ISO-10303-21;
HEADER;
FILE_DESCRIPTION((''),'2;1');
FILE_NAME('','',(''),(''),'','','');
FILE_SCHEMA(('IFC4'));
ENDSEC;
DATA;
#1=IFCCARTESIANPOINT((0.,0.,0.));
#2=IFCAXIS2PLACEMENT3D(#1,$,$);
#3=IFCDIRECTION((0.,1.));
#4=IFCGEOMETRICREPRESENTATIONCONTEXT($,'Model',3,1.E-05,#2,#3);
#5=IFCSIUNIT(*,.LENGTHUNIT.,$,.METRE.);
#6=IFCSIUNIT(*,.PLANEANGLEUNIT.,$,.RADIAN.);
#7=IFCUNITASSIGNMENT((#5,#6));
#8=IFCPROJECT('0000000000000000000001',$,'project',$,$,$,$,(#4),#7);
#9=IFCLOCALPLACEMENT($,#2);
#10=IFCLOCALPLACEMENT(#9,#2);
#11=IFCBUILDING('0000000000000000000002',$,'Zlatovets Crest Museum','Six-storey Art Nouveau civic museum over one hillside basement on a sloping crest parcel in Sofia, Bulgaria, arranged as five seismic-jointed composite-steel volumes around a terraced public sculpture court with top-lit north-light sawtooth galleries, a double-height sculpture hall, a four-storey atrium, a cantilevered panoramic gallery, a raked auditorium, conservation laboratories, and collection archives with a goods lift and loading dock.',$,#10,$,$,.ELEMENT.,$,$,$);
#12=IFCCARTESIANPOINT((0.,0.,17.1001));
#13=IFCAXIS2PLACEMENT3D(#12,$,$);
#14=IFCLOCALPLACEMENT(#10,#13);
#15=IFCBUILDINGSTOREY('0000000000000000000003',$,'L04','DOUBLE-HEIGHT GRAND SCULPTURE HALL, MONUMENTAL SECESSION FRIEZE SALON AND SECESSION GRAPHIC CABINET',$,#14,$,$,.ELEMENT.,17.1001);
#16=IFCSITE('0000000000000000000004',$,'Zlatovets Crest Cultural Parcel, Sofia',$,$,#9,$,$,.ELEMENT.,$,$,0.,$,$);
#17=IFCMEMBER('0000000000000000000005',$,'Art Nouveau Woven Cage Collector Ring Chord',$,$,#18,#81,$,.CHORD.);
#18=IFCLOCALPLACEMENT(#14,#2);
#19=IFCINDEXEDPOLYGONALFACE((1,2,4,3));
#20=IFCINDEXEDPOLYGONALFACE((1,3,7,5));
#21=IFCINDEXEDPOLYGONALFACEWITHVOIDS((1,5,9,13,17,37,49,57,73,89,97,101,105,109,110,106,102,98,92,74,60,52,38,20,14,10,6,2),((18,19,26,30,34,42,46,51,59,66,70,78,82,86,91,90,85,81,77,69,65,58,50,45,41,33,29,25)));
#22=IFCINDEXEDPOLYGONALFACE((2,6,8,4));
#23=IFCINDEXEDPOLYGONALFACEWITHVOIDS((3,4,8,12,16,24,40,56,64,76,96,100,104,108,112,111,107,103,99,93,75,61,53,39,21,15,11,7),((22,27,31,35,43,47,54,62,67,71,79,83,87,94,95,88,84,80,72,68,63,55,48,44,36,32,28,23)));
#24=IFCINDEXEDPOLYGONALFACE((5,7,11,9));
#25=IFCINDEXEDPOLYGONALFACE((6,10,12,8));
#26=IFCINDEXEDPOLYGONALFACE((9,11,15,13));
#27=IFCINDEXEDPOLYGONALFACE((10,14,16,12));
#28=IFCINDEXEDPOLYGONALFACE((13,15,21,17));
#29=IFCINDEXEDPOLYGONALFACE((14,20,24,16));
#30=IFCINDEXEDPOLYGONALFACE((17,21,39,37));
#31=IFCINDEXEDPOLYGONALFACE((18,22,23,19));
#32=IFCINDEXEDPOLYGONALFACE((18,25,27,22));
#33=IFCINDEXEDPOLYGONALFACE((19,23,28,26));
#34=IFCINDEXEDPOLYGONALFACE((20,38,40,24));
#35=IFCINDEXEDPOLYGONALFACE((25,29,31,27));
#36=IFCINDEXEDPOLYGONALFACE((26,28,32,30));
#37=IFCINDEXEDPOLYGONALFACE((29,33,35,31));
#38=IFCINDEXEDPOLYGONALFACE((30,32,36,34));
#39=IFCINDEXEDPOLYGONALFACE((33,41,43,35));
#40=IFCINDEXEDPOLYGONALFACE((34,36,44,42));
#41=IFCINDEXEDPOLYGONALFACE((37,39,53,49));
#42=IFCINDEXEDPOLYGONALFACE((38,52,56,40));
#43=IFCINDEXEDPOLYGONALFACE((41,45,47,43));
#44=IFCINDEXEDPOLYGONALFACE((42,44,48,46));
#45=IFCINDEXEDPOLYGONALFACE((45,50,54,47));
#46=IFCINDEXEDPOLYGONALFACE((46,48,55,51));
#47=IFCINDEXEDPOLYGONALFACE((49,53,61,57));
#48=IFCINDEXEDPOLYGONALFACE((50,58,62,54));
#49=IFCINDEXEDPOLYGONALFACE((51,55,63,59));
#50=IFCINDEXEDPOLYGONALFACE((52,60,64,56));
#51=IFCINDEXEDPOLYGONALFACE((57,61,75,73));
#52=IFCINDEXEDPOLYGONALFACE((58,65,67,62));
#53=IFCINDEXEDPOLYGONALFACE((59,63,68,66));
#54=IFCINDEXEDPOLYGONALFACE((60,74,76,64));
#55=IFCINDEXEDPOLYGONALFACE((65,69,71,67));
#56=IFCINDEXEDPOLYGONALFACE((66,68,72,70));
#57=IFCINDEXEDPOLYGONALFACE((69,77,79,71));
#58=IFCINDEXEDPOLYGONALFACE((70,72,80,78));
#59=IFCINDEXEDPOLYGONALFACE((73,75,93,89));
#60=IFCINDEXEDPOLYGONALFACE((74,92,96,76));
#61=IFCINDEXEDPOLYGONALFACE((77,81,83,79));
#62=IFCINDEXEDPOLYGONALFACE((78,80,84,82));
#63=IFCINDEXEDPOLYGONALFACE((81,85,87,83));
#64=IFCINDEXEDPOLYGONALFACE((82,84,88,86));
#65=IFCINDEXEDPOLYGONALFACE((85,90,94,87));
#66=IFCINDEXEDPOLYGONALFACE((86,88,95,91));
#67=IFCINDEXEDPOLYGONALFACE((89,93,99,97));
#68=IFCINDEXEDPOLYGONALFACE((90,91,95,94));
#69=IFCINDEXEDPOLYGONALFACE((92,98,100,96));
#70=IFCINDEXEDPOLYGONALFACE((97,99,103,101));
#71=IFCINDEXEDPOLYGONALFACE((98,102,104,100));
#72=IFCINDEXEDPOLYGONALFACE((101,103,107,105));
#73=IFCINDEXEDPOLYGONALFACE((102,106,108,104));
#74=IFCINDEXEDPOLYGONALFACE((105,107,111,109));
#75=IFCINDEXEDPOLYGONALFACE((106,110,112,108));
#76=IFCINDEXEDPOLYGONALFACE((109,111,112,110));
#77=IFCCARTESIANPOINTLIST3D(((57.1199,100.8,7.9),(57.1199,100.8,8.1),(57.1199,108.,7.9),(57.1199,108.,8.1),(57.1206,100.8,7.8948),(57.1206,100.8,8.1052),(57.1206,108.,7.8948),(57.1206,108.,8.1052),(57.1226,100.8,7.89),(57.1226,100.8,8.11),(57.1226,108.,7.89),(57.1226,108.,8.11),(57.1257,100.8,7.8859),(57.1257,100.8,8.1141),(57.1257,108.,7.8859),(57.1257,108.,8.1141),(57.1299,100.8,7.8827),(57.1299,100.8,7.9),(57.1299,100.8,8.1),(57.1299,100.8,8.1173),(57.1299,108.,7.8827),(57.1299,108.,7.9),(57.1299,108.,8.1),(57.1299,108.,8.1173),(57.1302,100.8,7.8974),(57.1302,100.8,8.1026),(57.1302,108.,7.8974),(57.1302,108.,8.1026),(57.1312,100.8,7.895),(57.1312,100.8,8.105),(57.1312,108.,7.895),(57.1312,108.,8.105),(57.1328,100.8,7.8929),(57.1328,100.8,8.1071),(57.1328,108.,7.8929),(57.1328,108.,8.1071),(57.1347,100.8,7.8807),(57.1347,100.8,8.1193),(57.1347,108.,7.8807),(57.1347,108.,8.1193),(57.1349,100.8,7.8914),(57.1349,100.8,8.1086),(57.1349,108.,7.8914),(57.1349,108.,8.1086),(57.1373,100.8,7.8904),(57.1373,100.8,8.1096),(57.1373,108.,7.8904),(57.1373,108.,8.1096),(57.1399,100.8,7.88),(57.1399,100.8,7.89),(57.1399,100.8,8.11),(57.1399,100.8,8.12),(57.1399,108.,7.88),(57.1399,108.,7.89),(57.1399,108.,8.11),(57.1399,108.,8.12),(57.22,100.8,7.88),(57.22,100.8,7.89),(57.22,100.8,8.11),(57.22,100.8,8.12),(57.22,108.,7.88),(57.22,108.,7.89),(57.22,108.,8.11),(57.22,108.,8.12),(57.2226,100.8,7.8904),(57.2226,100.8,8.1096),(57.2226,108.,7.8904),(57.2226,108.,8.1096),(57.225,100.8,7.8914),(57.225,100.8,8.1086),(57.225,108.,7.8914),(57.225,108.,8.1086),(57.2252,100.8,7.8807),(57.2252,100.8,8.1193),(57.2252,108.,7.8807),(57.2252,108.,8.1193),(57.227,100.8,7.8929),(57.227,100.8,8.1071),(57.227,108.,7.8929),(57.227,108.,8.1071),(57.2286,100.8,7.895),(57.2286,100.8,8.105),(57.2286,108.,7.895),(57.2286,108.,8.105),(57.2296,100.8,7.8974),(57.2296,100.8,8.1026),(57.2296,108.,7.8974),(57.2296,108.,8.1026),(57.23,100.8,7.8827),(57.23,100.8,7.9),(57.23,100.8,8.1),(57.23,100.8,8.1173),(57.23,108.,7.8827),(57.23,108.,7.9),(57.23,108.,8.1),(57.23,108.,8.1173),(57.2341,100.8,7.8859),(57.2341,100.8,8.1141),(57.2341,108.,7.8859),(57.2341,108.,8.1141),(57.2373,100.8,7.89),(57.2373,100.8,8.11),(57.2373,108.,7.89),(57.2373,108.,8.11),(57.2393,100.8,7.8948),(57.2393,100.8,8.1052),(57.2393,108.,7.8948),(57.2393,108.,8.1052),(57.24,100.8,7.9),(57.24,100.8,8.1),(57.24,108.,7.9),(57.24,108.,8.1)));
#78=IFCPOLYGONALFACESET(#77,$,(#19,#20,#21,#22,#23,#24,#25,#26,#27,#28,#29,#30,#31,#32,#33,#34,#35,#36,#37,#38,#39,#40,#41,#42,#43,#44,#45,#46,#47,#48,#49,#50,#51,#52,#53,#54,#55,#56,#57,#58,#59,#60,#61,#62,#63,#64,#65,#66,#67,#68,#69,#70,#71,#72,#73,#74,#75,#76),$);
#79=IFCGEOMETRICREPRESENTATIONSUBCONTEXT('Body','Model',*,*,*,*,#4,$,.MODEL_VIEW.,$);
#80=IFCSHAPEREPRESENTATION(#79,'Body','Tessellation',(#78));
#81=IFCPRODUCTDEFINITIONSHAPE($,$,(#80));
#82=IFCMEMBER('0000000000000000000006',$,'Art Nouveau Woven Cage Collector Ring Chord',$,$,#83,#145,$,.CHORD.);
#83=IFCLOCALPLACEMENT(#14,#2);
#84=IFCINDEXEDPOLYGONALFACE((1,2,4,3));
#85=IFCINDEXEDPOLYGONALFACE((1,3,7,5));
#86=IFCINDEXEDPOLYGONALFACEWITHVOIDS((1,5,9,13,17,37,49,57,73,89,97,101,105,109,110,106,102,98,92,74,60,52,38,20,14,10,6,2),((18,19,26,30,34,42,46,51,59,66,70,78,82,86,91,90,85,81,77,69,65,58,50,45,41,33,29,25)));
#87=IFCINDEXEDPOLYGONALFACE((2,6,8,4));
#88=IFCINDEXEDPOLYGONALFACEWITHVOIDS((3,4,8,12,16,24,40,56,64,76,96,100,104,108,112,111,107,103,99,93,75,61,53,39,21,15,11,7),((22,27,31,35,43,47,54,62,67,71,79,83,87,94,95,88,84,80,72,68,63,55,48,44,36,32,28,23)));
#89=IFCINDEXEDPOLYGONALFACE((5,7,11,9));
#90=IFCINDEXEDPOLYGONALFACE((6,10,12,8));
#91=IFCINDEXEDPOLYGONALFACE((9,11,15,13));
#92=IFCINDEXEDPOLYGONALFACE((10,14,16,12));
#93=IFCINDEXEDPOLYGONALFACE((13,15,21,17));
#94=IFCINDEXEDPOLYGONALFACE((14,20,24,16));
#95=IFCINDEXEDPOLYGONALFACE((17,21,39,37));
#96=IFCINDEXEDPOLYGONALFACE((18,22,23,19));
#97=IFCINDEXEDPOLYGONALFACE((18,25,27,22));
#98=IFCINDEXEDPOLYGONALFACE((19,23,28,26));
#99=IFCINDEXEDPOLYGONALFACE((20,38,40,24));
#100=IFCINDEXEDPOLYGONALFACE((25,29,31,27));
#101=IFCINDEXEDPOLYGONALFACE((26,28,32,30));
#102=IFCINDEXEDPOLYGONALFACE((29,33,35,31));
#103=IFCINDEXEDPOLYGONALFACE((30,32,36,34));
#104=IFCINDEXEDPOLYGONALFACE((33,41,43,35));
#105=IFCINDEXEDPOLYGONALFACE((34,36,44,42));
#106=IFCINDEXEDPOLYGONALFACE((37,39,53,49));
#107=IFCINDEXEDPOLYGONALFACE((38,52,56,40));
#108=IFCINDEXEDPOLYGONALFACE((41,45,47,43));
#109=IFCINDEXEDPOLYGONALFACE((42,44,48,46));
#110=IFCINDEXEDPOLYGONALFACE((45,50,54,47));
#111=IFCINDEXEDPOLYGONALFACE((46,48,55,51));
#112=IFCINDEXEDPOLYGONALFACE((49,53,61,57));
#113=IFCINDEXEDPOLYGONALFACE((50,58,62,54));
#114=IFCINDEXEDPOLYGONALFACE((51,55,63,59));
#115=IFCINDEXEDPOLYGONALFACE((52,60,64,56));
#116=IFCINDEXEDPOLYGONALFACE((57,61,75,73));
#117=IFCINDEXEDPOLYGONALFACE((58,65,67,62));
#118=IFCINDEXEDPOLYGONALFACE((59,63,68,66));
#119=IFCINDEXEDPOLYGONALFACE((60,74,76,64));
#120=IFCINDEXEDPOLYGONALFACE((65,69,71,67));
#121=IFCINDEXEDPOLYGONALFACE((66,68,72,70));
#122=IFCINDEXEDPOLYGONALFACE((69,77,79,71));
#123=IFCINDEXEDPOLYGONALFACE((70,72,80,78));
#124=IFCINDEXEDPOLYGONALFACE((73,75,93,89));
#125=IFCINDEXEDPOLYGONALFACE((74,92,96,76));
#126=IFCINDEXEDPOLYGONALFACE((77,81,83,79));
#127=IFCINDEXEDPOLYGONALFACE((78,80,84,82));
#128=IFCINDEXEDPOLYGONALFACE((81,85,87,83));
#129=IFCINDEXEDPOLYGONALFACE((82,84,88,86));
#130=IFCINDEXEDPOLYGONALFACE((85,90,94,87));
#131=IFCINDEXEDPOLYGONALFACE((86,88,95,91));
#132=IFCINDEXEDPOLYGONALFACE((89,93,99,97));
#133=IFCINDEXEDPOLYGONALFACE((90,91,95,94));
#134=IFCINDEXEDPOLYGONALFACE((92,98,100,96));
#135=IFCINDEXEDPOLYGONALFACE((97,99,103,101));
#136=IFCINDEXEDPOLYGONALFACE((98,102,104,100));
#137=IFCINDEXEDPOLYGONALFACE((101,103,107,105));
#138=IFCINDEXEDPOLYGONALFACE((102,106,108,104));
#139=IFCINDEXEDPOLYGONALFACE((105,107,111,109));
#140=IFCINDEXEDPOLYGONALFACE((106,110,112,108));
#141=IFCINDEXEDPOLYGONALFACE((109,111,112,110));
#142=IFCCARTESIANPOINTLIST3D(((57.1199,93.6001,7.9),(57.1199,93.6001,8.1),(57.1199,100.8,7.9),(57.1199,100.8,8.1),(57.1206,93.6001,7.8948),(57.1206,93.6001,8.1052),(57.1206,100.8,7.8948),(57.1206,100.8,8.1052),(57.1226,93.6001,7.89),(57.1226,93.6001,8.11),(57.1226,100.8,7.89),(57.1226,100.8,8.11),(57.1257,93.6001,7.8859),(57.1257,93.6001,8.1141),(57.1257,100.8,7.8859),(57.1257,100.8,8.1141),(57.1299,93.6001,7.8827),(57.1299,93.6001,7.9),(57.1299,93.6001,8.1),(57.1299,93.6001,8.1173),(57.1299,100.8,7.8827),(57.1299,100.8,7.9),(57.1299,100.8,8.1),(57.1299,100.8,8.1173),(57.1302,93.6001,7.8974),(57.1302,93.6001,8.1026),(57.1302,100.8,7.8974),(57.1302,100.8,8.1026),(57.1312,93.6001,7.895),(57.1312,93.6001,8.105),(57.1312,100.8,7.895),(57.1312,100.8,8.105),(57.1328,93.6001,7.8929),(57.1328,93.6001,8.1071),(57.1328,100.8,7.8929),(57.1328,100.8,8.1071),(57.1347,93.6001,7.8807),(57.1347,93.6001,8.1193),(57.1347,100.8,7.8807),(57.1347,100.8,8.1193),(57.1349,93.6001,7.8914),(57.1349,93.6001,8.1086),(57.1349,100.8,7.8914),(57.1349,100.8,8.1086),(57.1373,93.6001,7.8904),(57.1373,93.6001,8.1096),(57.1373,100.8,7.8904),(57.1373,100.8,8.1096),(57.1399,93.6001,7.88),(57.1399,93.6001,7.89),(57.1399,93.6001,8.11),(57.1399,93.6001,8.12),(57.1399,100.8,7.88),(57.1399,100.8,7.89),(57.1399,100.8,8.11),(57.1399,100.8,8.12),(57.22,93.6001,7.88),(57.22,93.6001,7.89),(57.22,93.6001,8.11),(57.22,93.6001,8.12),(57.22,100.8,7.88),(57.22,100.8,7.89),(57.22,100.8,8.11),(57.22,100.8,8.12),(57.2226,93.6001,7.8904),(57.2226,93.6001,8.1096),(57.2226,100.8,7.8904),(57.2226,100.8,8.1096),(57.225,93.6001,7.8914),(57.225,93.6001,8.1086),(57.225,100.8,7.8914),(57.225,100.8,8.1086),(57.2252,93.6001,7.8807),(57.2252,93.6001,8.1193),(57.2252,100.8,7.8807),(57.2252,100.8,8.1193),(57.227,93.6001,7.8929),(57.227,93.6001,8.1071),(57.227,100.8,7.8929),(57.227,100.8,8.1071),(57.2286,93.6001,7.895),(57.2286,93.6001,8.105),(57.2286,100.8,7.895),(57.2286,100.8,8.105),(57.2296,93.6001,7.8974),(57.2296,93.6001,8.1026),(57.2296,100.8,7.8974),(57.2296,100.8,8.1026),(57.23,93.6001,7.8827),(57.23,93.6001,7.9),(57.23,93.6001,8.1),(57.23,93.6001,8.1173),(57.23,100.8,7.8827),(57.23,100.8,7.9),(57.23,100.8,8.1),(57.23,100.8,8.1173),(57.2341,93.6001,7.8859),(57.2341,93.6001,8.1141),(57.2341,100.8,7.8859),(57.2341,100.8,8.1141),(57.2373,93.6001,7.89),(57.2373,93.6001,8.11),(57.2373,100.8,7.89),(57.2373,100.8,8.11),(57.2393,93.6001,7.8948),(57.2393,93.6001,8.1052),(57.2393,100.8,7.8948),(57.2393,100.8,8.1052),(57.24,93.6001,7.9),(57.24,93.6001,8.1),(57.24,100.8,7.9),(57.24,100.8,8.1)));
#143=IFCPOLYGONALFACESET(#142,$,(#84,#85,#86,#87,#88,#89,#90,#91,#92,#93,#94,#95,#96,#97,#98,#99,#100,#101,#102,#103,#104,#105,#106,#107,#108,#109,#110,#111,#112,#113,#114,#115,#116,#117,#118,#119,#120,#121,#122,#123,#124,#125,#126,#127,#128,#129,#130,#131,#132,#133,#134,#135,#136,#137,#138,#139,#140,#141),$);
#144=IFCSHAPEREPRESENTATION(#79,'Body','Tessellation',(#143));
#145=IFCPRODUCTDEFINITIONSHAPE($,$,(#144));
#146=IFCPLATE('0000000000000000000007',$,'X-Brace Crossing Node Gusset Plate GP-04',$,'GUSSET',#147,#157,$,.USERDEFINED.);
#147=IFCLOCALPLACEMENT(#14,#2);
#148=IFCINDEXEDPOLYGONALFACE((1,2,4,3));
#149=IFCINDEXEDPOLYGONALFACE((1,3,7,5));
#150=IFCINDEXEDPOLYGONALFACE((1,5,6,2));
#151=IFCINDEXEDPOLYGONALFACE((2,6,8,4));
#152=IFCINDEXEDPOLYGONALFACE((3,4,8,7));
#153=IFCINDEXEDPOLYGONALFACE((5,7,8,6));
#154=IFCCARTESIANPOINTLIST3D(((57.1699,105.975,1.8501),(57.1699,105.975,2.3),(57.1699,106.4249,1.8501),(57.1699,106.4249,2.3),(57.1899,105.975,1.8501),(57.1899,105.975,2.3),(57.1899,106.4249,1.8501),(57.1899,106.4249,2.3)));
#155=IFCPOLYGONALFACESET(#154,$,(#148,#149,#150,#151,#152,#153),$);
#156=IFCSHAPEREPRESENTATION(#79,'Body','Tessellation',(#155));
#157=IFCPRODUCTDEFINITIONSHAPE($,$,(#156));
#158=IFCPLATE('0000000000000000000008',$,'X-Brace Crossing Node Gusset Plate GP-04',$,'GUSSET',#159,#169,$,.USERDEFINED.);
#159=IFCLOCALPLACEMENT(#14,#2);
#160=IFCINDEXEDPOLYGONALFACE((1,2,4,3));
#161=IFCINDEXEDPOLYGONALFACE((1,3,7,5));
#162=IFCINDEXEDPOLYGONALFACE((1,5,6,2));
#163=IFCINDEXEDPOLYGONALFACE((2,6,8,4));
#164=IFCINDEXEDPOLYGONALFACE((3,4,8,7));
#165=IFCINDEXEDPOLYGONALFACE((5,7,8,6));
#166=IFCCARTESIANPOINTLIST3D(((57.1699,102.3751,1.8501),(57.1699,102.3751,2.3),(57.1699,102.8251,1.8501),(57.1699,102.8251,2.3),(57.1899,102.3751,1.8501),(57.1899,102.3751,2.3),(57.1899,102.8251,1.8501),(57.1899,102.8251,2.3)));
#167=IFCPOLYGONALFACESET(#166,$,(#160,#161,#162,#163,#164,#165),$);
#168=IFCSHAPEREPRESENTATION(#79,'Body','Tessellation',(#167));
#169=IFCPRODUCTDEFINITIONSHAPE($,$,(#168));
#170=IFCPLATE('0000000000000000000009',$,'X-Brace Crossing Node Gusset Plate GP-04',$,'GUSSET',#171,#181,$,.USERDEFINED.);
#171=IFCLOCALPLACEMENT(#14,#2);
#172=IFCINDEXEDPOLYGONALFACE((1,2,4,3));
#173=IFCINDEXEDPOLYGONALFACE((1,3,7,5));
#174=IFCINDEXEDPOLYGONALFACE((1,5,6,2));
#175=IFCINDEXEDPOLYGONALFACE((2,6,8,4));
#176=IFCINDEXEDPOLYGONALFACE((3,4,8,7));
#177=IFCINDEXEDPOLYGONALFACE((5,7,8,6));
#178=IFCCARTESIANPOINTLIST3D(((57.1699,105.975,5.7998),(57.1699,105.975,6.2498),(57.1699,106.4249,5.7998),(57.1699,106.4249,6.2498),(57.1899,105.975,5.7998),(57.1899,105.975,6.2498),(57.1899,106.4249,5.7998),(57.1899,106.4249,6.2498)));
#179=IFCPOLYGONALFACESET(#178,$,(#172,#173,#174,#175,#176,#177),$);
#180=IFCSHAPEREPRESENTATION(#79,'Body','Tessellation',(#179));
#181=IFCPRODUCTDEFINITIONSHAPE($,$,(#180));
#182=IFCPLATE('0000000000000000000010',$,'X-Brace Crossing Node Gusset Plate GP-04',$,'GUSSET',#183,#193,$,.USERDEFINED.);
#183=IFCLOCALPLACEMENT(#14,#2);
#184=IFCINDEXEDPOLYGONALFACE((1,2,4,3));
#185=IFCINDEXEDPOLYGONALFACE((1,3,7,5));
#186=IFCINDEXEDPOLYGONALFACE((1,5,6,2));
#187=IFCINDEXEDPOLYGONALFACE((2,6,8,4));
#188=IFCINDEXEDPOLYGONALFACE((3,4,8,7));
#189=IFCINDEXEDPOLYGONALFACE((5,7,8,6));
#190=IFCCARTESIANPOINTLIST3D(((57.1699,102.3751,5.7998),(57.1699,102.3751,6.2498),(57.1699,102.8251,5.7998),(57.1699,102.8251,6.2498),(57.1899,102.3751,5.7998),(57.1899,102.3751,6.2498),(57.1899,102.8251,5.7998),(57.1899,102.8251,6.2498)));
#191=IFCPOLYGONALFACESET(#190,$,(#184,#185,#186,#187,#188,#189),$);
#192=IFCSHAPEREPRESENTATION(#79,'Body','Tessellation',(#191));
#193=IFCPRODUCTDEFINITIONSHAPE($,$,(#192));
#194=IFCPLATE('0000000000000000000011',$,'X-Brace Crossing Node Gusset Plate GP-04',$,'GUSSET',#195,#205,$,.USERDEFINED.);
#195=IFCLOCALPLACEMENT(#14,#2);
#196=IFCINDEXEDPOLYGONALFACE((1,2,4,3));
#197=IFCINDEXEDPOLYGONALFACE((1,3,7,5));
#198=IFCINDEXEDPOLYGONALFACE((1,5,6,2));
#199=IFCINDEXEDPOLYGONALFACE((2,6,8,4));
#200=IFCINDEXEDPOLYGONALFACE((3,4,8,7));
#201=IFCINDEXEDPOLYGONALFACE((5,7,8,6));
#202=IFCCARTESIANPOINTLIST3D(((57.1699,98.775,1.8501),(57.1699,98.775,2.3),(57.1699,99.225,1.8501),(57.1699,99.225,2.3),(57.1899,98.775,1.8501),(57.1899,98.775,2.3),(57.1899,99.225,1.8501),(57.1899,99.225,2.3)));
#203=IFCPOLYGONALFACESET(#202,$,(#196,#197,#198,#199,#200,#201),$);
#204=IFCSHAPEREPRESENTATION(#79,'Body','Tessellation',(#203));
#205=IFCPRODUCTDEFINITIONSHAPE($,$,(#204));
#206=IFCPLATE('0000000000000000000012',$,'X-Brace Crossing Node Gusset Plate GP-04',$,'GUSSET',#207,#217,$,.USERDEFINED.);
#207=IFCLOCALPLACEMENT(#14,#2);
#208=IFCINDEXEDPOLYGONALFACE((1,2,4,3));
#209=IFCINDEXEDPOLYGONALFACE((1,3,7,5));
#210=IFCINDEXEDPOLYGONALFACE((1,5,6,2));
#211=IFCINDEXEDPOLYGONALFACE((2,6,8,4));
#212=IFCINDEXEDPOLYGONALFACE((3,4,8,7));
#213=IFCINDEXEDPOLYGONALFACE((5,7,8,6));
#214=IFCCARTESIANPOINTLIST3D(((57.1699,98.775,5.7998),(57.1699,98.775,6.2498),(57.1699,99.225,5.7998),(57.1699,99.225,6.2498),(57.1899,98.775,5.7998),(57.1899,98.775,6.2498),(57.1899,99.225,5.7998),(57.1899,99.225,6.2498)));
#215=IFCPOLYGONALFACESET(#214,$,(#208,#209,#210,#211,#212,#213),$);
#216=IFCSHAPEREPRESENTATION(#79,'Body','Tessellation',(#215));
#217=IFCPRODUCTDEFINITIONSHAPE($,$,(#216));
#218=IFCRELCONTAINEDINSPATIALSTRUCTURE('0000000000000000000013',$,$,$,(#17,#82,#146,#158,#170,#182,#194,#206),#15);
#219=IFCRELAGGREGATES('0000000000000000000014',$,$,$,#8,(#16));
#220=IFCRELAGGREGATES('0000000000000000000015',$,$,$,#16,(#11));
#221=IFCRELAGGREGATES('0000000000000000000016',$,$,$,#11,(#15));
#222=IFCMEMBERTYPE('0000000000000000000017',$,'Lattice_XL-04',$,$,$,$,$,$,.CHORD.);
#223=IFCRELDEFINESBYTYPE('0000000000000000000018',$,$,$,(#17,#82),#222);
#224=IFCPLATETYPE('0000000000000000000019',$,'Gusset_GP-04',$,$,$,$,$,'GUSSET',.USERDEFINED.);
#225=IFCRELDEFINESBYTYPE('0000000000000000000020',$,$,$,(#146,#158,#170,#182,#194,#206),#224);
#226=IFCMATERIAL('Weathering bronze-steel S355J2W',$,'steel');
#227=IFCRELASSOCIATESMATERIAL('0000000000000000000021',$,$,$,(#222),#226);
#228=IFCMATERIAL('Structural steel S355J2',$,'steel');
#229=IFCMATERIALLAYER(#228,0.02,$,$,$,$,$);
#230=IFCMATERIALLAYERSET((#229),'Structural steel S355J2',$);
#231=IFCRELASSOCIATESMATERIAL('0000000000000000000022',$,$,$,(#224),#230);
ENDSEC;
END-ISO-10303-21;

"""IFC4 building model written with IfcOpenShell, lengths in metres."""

from ifc_helpers import new_model, si_unit, direction, frame, origin, origin_2d, place, context, subcontext, project, spatial, rectangle, hollow_rectangle, extrude, material, layer, layer_set, material_profile, profile_set, type_object, element, save


model = new_model("IFC4")

# Units and contexts
model_context = context("Model", 3, precision=1e-05, world=origin(), true_north=direction((0.0, 1.0)))
body_context = subcontext(model_context, "Body", "Model", "MODEL_VIEW")
ifc_project = project(units=[si_unit("LENGTHUNIT", "METRE"), si_unit("PLANEANGLEUNIT", "RADIAN")], contexts=[model_context])

# Site, building, storey
site_placement = place(None, origin())
site = spatial("IfcSite", under=ifc_project, at=site_placement, Name="Zlatovets Crest Cultural Parcel, Sofia", CompositionType="ELEMENT", RefElevation=0.0)
building_placement = place(site_placement, origin())
building = spatial("IfcBuilding", under=site, at=building_placement, Name="Zlatovets Crest Museum", Description="Six-storey Art Nouveau civic museum over one hillside basement on a sloping crest parcel in Sofia, Bulgaria, arranged as five seismic-jointed composite-steel volumes around a terraced public sculpture court with top-lit north-light sawtooth galleries, a double-height sculpture hall, a four-storey atrium, a cantilevered panoramic gallery, a raked auditorium, conservation laboratories, and collection archives with a goods lift and loading dock.", CompositionType="ELEMENT")
storey_placement = place(building_placement, frame((0.0, 0.0, 17.1001)))
storey = spatial("IfcBuildingStorey", under=building, at=storey_placement, Name="L04", Description="DOUBLE-HEIGHT GRAND SCULPTURE HALL, MONUMENTAL SECESSION FRIEZE SALON AND SECESSION GRAPHIC CABINET", CompositionType="ELEMENT", Elevation=17.1001)

# Shared definitions
ifc_material_1 = material(Name="Structural steel S355J2", Category="steel")

# Members
ifc_material_2 = material(Name="Weathering bronze-steel S355J2W", Category="steel")
ifc_material_profile_1 = material_profile(ifc_material_2, hollow_rectangle(XDim=0.1201, YDim=0.24, WallThickness=0.01, InnerFilletRadius=0.01, OuterFilletRadius=0.02, at=origin_2d()), Name="RHS 120x240x10.0")
ifc_profile_set_1 = profile_set([ifc_material_profile_1], Name="Weathering bronze-steel S355J2W")
member_type_1 = type_object("IfcMemberType", Name="Lattice_XL-04", PredefinedType="CHORD", material=ifc_profile_set_1)
for number, where, z_axis, x_axis, name in (
    (1, (57.1799, 108.0, 8.0), (0.0, -1.0, 0.0), (1.0, 0.0, 0.0), "Art Nouveau Woven Cage Collector Ring Chord"),
    (2, (57.1799, 100.8, 8.0), (0.0, -1.0, 0.0), (1.0, 0.0, 0.0), "Art Nouveau Woven Cage Collector Ring Chord"),
):
    element("IfcMember", number, at=place(storey_placement, frame(where, z_axis=z_axis, x_axis=x_axis)), inside=storey, type_object=member_type_1, Name=name, PredefinedType="CHORD", context=body_context, shape_type="SweptSolid", body=[
        extrude(hollow_rectangle(XDim=0.1201, YDim=0.24, WallThickness=0.01, InnerFilletRadius=0.01, OuterFilletRadius=0.02, at=origin_2d()), origin(), (0.0, 0.0, 1.0), 7.2),
    ])

# Plates
ifc_layer_1 = layer(ifc_material_1, 0.02)
ifc_layer_set_1 = layer_set([ifc_layer_1], Name="Structural steel S355J2")
plate_type = type_object("IfcPlateType", Name="Gusset_GP-04", ElementType="GUSSET", PredefinedType="USERDEFINED", material=ifc_layer_set_1)
for number, where, z_axis, x_axis, name in (
    (3, (57.1799, 106.2, 1.8501), (0.0, 0.0, 1.0), (1.0, 0.0, 0.0), "X-Brace Crossing Node Gusset Plate GP-04"),
    (4, (57.1799, 102.6001, 1.8501), (0.0, 0.0, 1.0), (1.0, 0.0, 0.0), "X-Brace Crossing Node Gusset Plate GP-04"),
    (5, (57.1799, 106.2, 5.7998), (0.0, 0.0, 1.0), (1.0, 0.0, 0.0), "X-Brace Crossing Node Gusset Plate GP-04"),
    (6, (57.1799, 102.6001, 5.7998), (0.0, 0.0, 1.0), (1.0, 0.0, 0.0), "X-Brace Crossing Node Gusset Plate GP-04"),
    (7, (57.1799, 99.0, 1.8501), (0.0, 0.0, 1.0), (1.0, 0.0, 0.0), "X-Brace Crossing Node Gusset Plate GP-04"),
    (8, (57.1799, 99.0, 5.7998), (0.0, 0.0, 1.0), (1.0, 0.0, 0.0), "X-Brace Crossing Node Gusset Plate GP-04"),
):
    element("IfcPlate", number, at=place(storey_placement, frame(where, z_axis=z_axis, x_axis=x_axis)), inside=storey, type_object=plate_type, Name=name, ObjectType="GUSSET", PredefinedType="USERDEFINED", context=body_context, shape_type="SweptSolid", body=[
        extrude(rectangle(XDim=0.02, YDim=0.45, at=origin_2d()), origin(), (0.0, 0.0, 1.0), 0.45),
    ])

save(model, "model.ifc")
